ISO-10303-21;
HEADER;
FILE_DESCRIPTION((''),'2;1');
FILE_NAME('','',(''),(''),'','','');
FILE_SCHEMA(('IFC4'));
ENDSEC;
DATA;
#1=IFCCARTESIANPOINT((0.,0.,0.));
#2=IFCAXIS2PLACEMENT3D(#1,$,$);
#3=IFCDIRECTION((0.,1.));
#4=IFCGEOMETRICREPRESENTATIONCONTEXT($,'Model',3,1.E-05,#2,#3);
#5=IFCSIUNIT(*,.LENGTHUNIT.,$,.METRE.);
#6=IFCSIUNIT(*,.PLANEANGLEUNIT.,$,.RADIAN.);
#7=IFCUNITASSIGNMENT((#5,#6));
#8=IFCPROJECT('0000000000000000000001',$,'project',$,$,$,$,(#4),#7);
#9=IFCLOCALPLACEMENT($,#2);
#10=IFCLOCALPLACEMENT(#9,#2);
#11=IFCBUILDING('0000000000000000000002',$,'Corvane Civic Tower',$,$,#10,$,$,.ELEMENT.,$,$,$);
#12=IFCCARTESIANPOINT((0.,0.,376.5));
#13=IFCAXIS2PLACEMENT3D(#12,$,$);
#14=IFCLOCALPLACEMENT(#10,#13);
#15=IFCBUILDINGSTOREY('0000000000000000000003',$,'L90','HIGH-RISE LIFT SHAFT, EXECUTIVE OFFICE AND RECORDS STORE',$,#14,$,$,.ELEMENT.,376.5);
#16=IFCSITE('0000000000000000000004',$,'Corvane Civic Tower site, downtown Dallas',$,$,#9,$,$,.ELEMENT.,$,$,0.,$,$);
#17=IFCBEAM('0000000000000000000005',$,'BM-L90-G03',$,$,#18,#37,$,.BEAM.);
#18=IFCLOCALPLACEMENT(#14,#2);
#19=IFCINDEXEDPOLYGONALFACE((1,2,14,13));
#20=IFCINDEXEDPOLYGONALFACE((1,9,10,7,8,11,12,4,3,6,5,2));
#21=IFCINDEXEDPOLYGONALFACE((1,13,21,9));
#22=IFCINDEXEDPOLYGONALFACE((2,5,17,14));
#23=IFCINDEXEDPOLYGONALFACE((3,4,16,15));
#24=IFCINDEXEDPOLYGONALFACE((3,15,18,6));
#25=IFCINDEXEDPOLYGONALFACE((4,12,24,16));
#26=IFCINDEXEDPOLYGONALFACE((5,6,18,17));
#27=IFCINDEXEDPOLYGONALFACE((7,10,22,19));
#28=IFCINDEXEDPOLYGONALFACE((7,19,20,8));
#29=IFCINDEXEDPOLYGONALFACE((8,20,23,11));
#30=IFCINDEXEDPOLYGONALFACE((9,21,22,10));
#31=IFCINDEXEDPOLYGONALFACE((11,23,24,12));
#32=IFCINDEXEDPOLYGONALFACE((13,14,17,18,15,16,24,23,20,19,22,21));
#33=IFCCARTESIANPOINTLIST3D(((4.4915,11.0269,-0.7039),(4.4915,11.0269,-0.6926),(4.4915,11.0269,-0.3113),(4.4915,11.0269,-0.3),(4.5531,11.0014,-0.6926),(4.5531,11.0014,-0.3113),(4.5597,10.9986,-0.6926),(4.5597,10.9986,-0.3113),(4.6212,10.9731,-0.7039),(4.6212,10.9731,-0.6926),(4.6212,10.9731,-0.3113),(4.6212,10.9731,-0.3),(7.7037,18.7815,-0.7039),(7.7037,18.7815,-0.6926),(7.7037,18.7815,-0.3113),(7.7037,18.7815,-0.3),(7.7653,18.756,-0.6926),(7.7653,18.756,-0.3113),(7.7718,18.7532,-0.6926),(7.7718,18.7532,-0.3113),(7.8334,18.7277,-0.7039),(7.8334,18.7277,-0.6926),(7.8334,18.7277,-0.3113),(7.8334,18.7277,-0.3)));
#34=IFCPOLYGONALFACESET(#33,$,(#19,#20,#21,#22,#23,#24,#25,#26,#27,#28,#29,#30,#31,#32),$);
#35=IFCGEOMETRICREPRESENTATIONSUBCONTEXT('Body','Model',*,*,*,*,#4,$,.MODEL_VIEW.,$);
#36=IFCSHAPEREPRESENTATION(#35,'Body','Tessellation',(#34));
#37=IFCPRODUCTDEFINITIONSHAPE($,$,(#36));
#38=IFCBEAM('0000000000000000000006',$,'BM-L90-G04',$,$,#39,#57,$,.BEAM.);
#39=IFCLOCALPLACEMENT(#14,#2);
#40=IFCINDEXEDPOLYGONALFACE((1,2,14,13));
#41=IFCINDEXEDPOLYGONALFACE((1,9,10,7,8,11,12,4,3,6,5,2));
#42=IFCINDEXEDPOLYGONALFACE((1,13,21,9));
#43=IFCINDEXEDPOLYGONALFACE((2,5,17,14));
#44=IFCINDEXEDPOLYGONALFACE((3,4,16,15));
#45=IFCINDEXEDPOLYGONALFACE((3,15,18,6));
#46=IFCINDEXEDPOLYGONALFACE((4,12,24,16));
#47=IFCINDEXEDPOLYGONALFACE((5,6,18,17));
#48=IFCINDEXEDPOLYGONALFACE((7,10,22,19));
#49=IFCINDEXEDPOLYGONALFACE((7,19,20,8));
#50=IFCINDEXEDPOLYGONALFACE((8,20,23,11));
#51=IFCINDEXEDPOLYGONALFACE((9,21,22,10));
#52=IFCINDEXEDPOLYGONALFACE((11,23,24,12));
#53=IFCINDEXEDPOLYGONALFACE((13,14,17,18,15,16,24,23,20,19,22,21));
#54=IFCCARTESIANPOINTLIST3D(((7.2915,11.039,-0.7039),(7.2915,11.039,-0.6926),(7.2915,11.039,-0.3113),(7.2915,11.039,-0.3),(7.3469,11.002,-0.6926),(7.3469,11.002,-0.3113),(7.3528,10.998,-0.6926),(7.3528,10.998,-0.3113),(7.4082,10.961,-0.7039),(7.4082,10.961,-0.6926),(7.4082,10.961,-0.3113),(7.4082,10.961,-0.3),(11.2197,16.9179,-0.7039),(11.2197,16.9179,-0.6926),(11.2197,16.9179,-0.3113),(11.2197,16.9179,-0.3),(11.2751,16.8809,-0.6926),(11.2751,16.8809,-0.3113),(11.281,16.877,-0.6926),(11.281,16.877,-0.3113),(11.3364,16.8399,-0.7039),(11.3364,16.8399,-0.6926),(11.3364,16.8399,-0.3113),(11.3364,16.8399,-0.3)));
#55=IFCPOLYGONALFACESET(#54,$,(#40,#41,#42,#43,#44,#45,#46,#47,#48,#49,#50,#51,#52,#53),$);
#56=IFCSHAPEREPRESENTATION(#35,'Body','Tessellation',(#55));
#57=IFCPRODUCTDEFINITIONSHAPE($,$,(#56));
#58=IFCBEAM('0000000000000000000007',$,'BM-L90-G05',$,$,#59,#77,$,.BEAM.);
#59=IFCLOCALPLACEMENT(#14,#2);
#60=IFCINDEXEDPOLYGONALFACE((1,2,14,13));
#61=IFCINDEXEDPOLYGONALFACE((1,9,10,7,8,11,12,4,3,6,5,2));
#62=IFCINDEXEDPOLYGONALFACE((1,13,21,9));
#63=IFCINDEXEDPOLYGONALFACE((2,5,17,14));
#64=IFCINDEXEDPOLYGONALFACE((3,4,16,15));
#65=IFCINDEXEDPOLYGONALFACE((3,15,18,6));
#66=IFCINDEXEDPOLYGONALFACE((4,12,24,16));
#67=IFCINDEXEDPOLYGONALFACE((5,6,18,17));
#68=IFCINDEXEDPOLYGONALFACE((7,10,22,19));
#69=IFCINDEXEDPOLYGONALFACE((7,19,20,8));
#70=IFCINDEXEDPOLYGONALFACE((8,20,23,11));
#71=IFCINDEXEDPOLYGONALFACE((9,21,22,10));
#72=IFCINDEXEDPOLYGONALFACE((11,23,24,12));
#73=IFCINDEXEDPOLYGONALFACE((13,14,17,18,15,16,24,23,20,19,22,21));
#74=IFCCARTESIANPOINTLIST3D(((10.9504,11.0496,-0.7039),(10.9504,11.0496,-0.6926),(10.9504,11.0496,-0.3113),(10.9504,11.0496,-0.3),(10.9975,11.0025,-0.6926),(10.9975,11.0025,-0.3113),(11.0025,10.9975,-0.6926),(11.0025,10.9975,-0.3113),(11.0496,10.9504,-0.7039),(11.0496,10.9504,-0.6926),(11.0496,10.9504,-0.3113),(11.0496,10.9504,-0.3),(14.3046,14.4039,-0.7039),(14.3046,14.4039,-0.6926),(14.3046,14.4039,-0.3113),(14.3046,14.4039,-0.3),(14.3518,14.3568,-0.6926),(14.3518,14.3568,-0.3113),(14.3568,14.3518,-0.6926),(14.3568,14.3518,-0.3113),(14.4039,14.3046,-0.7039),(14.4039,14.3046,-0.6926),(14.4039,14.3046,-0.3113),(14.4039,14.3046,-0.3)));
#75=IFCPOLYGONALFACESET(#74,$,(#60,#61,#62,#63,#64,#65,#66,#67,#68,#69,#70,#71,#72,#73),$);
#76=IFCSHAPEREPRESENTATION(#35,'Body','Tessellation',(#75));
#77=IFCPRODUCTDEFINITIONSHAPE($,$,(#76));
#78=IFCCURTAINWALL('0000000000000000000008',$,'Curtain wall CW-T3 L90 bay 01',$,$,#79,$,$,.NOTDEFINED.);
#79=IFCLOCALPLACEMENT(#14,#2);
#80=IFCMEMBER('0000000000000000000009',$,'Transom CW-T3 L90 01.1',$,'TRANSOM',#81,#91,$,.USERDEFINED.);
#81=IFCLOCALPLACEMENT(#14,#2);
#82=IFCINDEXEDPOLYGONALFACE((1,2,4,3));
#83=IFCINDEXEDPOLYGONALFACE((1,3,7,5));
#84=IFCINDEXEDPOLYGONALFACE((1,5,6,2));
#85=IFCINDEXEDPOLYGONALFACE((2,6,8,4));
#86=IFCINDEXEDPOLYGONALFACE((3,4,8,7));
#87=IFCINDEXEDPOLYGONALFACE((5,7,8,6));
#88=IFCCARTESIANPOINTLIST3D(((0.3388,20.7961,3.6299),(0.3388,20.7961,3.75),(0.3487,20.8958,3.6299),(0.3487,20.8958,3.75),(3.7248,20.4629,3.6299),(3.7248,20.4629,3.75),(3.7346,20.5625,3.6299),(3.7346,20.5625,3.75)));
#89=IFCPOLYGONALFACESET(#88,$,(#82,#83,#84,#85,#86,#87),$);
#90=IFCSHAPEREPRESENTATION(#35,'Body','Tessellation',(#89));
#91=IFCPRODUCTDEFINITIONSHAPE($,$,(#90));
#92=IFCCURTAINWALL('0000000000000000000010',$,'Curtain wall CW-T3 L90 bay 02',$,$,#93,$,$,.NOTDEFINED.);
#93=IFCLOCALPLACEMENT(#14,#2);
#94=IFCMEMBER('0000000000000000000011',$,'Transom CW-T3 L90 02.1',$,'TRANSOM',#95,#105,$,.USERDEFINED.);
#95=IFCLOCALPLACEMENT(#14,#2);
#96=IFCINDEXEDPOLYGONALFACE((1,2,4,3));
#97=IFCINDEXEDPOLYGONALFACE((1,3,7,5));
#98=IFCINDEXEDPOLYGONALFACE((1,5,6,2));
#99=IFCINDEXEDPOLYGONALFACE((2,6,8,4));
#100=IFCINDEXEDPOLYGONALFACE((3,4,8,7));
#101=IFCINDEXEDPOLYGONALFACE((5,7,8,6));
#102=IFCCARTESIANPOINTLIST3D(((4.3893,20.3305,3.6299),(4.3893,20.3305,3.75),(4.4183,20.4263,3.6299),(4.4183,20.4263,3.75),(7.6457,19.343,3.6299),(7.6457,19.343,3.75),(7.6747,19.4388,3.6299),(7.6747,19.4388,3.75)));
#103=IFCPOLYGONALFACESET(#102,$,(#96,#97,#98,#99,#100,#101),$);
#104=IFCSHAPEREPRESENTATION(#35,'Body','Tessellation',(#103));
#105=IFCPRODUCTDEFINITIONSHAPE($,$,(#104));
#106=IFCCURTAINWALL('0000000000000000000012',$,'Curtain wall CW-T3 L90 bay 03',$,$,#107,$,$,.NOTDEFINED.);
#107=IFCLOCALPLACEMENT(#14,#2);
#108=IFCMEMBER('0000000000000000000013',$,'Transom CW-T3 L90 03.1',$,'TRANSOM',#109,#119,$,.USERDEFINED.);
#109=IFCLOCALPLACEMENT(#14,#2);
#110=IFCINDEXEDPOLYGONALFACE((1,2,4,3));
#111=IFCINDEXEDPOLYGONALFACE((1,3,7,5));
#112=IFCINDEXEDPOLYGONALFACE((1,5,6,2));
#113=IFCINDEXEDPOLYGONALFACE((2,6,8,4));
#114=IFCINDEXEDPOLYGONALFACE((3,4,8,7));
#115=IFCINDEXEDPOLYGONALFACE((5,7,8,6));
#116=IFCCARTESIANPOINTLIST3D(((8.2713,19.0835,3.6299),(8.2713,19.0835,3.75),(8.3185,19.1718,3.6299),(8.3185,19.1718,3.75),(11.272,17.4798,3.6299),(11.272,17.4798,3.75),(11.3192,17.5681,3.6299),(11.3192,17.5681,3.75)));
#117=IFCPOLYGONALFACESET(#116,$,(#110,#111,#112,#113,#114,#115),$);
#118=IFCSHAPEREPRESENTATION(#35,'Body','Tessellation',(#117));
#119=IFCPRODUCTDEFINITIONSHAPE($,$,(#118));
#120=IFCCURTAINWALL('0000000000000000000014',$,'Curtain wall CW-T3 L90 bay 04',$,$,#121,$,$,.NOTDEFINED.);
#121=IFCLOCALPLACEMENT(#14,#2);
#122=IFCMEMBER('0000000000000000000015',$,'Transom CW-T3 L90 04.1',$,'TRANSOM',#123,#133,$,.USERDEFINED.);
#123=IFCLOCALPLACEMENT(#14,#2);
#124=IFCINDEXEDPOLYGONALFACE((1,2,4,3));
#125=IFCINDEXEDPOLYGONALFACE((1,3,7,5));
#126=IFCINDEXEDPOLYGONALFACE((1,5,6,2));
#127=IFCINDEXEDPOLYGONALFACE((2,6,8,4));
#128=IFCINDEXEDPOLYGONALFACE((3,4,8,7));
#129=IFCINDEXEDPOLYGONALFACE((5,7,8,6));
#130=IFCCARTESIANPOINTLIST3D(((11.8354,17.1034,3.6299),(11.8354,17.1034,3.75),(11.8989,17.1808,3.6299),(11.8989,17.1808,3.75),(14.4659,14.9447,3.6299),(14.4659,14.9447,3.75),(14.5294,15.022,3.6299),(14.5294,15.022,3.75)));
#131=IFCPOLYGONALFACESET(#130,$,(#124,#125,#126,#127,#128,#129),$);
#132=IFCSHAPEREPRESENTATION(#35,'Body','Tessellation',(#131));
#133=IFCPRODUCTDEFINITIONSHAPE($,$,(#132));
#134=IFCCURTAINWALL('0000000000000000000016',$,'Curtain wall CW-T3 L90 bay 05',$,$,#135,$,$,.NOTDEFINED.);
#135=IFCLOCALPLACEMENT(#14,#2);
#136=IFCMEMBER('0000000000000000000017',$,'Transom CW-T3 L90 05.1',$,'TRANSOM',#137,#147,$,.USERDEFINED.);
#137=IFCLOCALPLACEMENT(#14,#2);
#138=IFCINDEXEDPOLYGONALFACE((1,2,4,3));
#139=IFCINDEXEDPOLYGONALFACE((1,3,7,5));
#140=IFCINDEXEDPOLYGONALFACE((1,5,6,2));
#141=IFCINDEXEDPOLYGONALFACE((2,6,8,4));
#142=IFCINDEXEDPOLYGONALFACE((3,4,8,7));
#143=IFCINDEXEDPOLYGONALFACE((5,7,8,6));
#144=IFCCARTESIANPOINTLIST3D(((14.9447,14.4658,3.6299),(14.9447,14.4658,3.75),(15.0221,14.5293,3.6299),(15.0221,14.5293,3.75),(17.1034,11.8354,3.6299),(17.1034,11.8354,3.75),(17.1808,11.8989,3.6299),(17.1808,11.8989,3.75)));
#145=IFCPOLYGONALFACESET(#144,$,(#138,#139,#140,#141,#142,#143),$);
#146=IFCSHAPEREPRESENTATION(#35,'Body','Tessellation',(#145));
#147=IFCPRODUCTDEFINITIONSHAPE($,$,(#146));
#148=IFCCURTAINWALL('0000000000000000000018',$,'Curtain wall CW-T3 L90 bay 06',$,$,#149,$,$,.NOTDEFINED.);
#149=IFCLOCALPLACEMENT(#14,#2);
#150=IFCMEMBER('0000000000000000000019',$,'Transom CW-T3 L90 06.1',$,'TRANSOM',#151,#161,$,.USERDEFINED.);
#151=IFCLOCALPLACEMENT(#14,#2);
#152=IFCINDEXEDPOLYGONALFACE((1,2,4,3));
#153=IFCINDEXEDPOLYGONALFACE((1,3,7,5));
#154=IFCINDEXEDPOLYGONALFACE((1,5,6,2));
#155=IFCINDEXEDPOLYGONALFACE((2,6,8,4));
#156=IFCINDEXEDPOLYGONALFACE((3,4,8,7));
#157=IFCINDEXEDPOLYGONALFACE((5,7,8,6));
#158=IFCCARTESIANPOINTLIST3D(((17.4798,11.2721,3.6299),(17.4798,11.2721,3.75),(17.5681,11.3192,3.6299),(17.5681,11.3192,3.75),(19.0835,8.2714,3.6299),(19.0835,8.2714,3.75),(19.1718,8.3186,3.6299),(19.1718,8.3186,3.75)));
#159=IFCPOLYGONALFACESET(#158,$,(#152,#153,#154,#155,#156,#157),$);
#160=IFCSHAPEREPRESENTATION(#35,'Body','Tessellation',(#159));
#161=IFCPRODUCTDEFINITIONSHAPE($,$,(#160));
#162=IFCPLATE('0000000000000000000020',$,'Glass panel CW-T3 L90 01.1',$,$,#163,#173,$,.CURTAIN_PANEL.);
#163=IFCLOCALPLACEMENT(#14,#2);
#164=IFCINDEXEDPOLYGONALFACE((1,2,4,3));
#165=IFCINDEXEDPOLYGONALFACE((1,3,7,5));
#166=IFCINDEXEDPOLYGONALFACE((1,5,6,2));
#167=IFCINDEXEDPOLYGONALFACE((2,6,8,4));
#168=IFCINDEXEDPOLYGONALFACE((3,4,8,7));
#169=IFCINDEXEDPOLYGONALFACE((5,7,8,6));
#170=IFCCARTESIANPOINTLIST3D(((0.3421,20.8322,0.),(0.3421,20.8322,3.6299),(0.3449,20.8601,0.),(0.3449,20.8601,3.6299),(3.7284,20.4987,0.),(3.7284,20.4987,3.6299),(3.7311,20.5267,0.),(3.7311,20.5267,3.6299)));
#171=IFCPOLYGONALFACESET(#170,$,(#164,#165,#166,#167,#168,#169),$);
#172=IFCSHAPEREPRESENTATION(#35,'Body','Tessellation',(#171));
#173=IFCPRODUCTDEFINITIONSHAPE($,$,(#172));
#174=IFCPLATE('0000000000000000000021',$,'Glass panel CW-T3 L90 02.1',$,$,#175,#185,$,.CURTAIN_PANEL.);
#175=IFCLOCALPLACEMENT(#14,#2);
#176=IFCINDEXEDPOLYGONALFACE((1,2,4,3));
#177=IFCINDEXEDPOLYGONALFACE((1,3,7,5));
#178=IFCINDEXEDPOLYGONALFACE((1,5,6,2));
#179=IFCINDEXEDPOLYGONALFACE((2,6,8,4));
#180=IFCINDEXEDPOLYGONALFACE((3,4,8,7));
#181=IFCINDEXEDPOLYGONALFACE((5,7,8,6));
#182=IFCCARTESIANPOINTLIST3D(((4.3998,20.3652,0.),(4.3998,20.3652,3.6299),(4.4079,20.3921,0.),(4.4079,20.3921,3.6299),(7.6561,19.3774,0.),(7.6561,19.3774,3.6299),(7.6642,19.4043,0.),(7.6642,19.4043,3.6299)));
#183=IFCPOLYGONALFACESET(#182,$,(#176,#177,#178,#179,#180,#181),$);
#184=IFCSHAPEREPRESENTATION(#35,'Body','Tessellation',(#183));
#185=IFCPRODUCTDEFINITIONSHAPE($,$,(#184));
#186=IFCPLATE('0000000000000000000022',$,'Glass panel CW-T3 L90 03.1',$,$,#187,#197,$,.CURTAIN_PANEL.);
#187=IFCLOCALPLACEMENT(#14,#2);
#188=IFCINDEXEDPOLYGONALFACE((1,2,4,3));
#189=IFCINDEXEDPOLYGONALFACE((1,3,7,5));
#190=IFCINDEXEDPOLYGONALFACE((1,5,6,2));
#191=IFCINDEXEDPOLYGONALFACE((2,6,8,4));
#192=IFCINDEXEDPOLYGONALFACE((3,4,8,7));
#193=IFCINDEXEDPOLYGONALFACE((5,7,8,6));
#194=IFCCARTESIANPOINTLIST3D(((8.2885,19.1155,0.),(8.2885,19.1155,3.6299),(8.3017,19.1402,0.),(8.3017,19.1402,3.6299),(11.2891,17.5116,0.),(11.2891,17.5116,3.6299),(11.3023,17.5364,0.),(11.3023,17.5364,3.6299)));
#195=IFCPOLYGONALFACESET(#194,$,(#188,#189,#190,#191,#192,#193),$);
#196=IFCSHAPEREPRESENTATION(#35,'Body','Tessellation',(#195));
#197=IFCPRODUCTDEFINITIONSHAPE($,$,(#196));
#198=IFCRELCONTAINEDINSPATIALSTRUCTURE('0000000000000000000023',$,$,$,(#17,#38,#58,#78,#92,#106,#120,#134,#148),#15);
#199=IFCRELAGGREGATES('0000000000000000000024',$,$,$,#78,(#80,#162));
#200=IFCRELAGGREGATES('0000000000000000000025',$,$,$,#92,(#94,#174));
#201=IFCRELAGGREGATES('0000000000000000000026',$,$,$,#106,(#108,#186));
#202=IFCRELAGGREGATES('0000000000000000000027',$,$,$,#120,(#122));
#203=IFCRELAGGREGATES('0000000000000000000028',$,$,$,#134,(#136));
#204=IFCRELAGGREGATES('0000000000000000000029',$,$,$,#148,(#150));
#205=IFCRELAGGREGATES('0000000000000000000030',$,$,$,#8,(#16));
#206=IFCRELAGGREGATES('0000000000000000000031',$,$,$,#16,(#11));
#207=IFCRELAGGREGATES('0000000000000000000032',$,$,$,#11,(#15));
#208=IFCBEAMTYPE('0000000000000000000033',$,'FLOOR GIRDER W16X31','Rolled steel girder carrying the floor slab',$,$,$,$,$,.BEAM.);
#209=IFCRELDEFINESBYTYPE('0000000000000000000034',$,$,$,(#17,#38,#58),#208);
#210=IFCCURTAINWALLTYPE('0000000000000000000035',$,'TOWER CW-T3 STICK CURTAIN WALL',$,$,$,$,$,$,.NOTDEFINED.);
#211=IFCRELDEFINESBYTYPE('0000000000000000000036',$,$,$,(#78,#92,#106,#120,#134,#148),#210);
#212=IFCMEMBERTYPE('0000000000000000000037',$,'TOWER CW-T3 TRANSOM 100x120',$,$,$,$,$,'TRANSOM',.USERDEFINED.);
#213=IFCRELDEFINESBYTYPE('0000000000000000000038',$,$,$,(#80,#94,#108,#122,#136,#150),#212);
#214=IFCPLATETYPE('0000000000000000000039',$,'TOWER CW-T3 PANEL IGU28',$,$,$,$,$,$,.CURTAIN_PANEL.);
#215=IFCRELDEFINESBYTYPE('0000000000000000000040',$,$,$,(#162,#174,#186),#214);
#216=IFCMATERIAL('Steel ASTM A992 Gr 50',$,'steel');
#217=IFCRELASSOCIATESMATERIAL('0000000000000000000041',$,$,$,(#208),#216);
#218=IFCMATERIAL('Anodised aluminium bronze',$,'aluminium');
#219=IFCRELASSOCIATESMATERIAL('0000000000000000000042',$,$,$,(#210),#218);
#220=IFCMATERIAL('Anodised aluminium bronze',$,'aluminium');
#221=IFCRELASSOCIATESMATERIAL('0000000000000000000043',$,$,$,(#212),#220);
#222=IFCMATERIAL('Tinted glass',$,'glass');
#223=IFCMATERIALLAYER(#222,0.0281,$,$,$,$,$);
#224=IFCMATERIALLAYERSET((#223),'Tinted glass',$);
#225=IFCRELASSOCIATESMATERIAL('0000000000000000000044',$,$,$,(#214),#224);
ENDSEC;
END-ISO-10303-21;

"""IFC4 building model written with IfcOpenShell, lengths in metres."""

from ifc_helpers import new_model, si_unit, direction, frame, origin, origin_2d, place, context, subcontext, project, spatial, rectangle, i_section, extrude, material, layer, layer_set, material_profile, profile_set, type_object, element, aggregate, save


model = new_model("IFC4")

# Units and contexts
model_context = context("Model", 3, precision=1e-05, world=origin(), true_north=direction((0.0, 1.0)))
body_context = subcontext(model_context, "Body", "Model", "MODEL_VIEW")
ifc_project = project(units=[si_unit("LENGTHUNIT", "METRE"), si_unit("PLANEANGLEUNIT", "RADIAN")], contexts=[model_context])

# Site, building, storey
site_placement = place(None, origin())
site = spatial("IfcSite", under=ifc_project, at=site_placement, Name="Corvane Civic Tower site, downtown Dallas", CompositionType="ELEMENT", RefElevation=0.0)
building_placement = place(site_placement, origin())
building = spatial("IfcBuilding", under=site, at=building_placement, Name="Corvane Civic Tower", CompositionType="ELEMENT")
storey_placement = place(building_placement, frame((0.0, 0.0, 376.5)))
storey = spatial("IfcBuildingStorey", under=building, at=storey_placement, Name="L90", Description="HIGH-RISE LIFT SHAFT, EXECUTIVE OFFICE AND RECORDS STORE", CompositionType="ELEMENT", Elevation=376.5)

# Beams
ifc_material_1 = material(Name="Steel ASTM A992 Gr 50", Category="steel")
ifc_material_profile_1 = material_profile(ifc_material_1, i_section(OverallWidth=0.1404, OverallDepth=0.4038, WebThickness=0.0071, FlangeThickness=0.0112, at=origin_2d()), Name="W16X31")
ifc_profile_set_1 = profile_set([ifc_material_profile_1], Name="Steel ASTM A992 Gr 50")
beam_type_1 = type_object("IfcBeamType", Name="FLOOR GIRDER W16X31", Description="Rolled steel girder carrying the floor slab", PredefinedType="BEAM", material=ifc_profile_set_1)
beam_1_placement = place(storey_placement, frame((4.5564, 11.0, -0.502), z_axis=(0.382692, 0.923876, 0.0), x_axis=(-0.923876, 0.382692, 0.0)))
element("IfcBeam", 1, at=beam_1_placement, inside=storey, type_object=beam_type_1, Name="BM-L90-G03", PredefinedType="BEAM", context=body_context, shape_type="SweptSolid", body=[
    extrude(i_section(OverallWidth=0.1404, OverallDepth=0.4038, WebThickness=0.0071, FlangeThickness=0.0112, at=origin_2d()), origin(), (0.0, 0.0, 1.0), 8.3936),
])
beam_2_placement = place(storey_placement, frame((7.3499, 11.0, -0.502), z_axis=(0.555576, 0.831465, 0.0), x_axis=(-0.831465, 0.555576, 0.0)))
element("IfcBeam", 2, at=beam_2_placement, inside=storey, type_object=beam_type_1, Name="BM-L90-G04", PredefinedType="BEAM", context=body_context, shape_type="SweptSolid", body=[
    extrude(i_section(OverallWidth=0.1404, OverallDepth=0.4038, WebThickness=0.0071, FlangeThickness=0.0112, at=origin_2d()), origin(), (0.0, 0.0, 1.0), 7.0706),
])
beam_3_placement = place(storey_placement, frame((11.0, 11.0, -0.502), z_axis=(0.707107, 0.707107, 0.0), x_axis=(-0.707107, 0.707107, 0.0)))
element("IfcBeam", 3, at=beam_3_placement, inside=storey, type_object=beam_type_1, Name="BM-L90-G05", PredefinedType="BEAM", context=body_context, shape_type="SweptSolid", body=[
    extrude(i_section(OverallWidth=0.1404, OverallDepth=0.4038, WebThickness=0.0071, FlangeThickness=0.0112, at=origin_2d()), origin(), (0.0, 0.0, 1.0), 4.7437),
])

# Curtain walls, members
ifc_material_2 = material(Name="Anodised aluminium bronze", Category="aluminium")
curtain_wall_type = type_object("IfcCurtainWallType", Name="TOWER CW-T3 STICK CURTAIN WALL", PredefinedType="NOTDEFINED", material=ifc_material_2)
curtain_wall_1_placement = place(storey_placement, origin())
curtain_wall_1 = element("IfcCurtainWall", 4, at=curtain_wall_1_placement, inside=storey, type_object=curtain_wall_type, Name="Curtain wall CW-T3 L90 bay 01", PredefinedType="NOTDEFINED")
ifc_material_3 = material(Name="Anodised aluminium bronze", Category="aluminium")
ifc_material_profile_2 = material_profile(ifc_material_3, rectangle(XDim=0.1001, YDim=0.1201, at=origin_2d()), Name="TOWER CW-T3 TRANSOM 100x120")
ifc_profile_set_2 = profile_set([ifc_material_profile_2], Name="Anodised aluminium bronze")
member_type = type_object("IfcMemberType", Name="TOWER CW-T3 TRANSOM 100x120", ElementType="TRANSOM", PredefinedType="USERDEFINED", material=ifc_profile_set_2)
member_1_placement = place(storey_placement, frame((0.3438, 20.8459, 3.6899), z_axis=(0.995192, -0.097948, 0.0), x_axis=(0.097948, 0.995192, 0.0)))
member_1 = element("IfcMember", 5, at=member_1_placement, type_object=member_type, Name="Transom CW-T3 L90 01.1", ObjectType="TRANSOM", PredefinedType="USERDEFINED", context=body_context, shape_type="SweptSolid", body=[
    extrude(rectangle(XDim=0.1001, YDim=0.1201, at=origin_2d()), origin(), (0.0, 0.0, 1.0), 3.4023),
])
curtain_wall_2_placement = place(storey_placement, origin())
curtain_wall_2 = element("IfcCurtainWall", 6, at=curtain_wall_2_placement, inside=storey, type_object=curtain_wall_type, Name="Curtain wall CW-T3 L90 bay 02", PredefinedType="NOTDEFINED")
member_2_placement = place(storey_placement, frame((4.4038, 20.3784, 3.6899), z_axis=(0.956961, -0.290216, 0.0), x_axis=(0.290216, 0.956961, 0.0)))
member_2 = element("IfcMember", 7, at=member_2_placement, type_object=member_type, Name="Transom CW-T3 L90 02.1", ObjectType="TRANSOM", PredefinedType="USERDEFINED", context=body_context, shape_type="SweptSolid", body=[
    extrude(rectangle(XDim=0.1001, YDim=0.1201, at=origin_2d()), origin(), (0.0, 0.0, 1.0), 3.4028),
])
curtain_wall_3_placement = place(storey_placement, origin())
curtain_wall_3 = element("IfcCurtainWall", 8, at=curtain_wall_3_placement, inside=storey, type_object=curtain_wall_type, Name="Curtain wall CW-T3 L90 bay 03", PredefinedType="NOTDEFINED")
member_3_placement = place(storey_placement, frame((8.2949, 19.1277, 3.6899), z_axis=(0.881941, -0.471359, 0.0), x_axis=(0.471359, 0.881941, 0.0)))
member_3 = element("IfcMember", 9, at=member_3_placement, type_object=member_type, Name="Transom CW-T3 L90 03.1", ObjectType="TRANSOM", PredefinedType="USERDEFINED", context=body_context, shape_type="SweptSolid", body=[
    extrude(rectangle(XDim=0.1001, YDim=0.1201, at=origin_2d()), origin(), (0.0, 0.0, 1.0), 3.4023),
])
curtain_wall_4_placement = place(storey_placement, origin())
curtain_wall_4 = element("IfcCurtainWall", 10, at=curtain_wall_4_placement, inside=storey, type_object=curtain_wall_type, Name="Curtain wall CW-T3 L90 bay 04", PredefinedType="NOTDEFINED")
member_4_placement = place(storey_placement, frame((11.8672, 17.1421, 3.6899), z_axis=(0.77301, -0.634394, 0.0), x_axis=(0.634394, 0.77301, 0.0)))
member_4 = element("IfcMember", 11, at=member_4_placement, type_object=member_type, Name="Transom CW-T3 L90 04.1", ObjectType="TRANSOM", PredefinedType="USERDEFINED", context=body_context, shape_type="SweptSolid", body=[
    extrude(rectangle(XDim=0.1001, YDim=0.1201, at=origin_2d()), origin(), (0.0, 0.0, 1.0), 3.4028),
])
curtain_wall_5_placement = place(storey_placement, origin())
curtain_wall_5 = element("IfcCurtainWall", 12, at=curtain_wall_5_placement, inside=storey, type_object=curtain_wall_type, Name="Curtain wall CW-T3 L90 bay 05", PredefinedType="NOTDEFINED")
member_5_placement = place(storey_placement, frame((14.9834, 14.4976, 3.6899), z_axis=(0.634394, -0.77301, 0.0), x_axis=(0.77301, 0.634394, 0.0)))
member_5 = element("IfcMember", 13, at=member_5_placement, type_object=member_type, Name="Transom CW-T3 L90 05.1", ObjectType="TRANSOM", PredefinedType="USERDEFINED", context=body_context, shape_type="SweptSolid", body=[
    extrude(rectangle(XDim=0.1001, YDim=0.1201, at=origin_2d()), origin(), (0.0, 0.0, 1.0), 3.4028),
])
curtain_wall_6_placement = place(storey_placement, origin())
curtain_wall_6 = element("IfcCurtainWall", 14, at=curtain_wall_6_placement, inside=storey, type_object=curtain_wall_type, Name="Curtain wall CW-T3 L90 bay 06", PredefinedType="NOTDEFINED")
member_6_placement = place(storey_placement, frame((17.5239, 11.2957, 3.6899), z_axis=(0.471359, -0.881941, 0.0), x_axis=(0.881941, 0.471359, 0.0)))
member_6 = element("IfcMember", 15, at=member_6_placement, type_object=member_type, Name="Transom CW-T3 L90 06.1", ObjectType="TRANSOM", PredefinedType="USERDEFINED", context=body_context, shape_type="SweptSolid", body=[
    extrude(rectangle(XDim=0.1001, YDim=0.1201, at=origin_2d()), origin(), (0.0, 0.0, 1.0), 3.4023),
])

# Plates
ifc_material_4 = material(Name="Tinted glass", Category="glass")
ifc_layer_1 = layer(ifc_material_4, 0.0281)
ifc_layer_set_1 = layer_set([ifc_layer_1], Name="Tinted glass")
plate_type = type_object("IfcPlateType", Name="TOWER CW-T3 PANEL IGU28", PredefinedType="CURTAIN_PANEL", material=ifc_layer_set_1)
plate_1_placement = place(storey_placement, frame((2.0366, 20.6794, 0.0), z_axis=(0.0, 0.0, 1.0), x_axis=(0.995187, -0.097998, 0.0)))
plate_1 = element("IfcPlate", 16, at=plate_1_placement, type_object=plate_type, Name="Glass panel CW-T3 L90 01.1", PredefinedType="CURTAIN_PANEL", context=body_context, shape_type="SweptSolid", body=[
    extrude(rectangle(XDim=3.4026, YDim=0.0281, at=origin_2d()), origin(), (0.0, 0.0, 1.0), 3.6299),
])
aggregate(curtain_wall_1, [member_1, plate_1])
plate_2_placement = place(storey_placement, frame((6.032, 19.8848, 0.0), z_axis=(0.0, 0.0, 1.0), x_axis=(0.956939, -0.29029, 0.0)))
plate_2 = element("IfcPlate", 17, at=plate_2_placement, type_object=plate_type, Name="Glass panel CW-T3 L90 02.1", PredefinedType="CURTAIN_PANEL", context=body_context, shape_type="SweptSolid", body=[
    extrude(rectangle(XDim=3.4028, YDim=0.0281, at=origin_2d()), origin(), (0.0, 0.0, 1.0), 3.6299),
])
aggregate(curtain_wall_2, [member_2, plate_2])
plate_3_placement = place(storey_placement, frame((9.7954, 18.3259, 0.0), z_axis=(0.0, 0.0, 1.0), x_axis=(0.881928, -0.471384, 0.0)))
plate_3 = element("IfcPlate", 18, at=plate_3_placement, type_object=plate_type, Name="Glass panel CW-T3 L90 03.1", PredefinedType="CURTAIN_PANEL", context=body_context, shape_type="SweptSolid", body=[
    extrude(rectangle(XDim=3.4023, YDim=0.0281, at=origin_2d()), origin(), (0.0, 0.0, 1.0), 3.6299),
])
aggregate(curtain_wall_3, [member_3, plate_3])
aggregate(curtain_wall_4, [member_4])
aggregate(curtain_wall_5, [member_5])
aggregate(curtain_wall_6, [member_6])

save(model, "model.ifc")
